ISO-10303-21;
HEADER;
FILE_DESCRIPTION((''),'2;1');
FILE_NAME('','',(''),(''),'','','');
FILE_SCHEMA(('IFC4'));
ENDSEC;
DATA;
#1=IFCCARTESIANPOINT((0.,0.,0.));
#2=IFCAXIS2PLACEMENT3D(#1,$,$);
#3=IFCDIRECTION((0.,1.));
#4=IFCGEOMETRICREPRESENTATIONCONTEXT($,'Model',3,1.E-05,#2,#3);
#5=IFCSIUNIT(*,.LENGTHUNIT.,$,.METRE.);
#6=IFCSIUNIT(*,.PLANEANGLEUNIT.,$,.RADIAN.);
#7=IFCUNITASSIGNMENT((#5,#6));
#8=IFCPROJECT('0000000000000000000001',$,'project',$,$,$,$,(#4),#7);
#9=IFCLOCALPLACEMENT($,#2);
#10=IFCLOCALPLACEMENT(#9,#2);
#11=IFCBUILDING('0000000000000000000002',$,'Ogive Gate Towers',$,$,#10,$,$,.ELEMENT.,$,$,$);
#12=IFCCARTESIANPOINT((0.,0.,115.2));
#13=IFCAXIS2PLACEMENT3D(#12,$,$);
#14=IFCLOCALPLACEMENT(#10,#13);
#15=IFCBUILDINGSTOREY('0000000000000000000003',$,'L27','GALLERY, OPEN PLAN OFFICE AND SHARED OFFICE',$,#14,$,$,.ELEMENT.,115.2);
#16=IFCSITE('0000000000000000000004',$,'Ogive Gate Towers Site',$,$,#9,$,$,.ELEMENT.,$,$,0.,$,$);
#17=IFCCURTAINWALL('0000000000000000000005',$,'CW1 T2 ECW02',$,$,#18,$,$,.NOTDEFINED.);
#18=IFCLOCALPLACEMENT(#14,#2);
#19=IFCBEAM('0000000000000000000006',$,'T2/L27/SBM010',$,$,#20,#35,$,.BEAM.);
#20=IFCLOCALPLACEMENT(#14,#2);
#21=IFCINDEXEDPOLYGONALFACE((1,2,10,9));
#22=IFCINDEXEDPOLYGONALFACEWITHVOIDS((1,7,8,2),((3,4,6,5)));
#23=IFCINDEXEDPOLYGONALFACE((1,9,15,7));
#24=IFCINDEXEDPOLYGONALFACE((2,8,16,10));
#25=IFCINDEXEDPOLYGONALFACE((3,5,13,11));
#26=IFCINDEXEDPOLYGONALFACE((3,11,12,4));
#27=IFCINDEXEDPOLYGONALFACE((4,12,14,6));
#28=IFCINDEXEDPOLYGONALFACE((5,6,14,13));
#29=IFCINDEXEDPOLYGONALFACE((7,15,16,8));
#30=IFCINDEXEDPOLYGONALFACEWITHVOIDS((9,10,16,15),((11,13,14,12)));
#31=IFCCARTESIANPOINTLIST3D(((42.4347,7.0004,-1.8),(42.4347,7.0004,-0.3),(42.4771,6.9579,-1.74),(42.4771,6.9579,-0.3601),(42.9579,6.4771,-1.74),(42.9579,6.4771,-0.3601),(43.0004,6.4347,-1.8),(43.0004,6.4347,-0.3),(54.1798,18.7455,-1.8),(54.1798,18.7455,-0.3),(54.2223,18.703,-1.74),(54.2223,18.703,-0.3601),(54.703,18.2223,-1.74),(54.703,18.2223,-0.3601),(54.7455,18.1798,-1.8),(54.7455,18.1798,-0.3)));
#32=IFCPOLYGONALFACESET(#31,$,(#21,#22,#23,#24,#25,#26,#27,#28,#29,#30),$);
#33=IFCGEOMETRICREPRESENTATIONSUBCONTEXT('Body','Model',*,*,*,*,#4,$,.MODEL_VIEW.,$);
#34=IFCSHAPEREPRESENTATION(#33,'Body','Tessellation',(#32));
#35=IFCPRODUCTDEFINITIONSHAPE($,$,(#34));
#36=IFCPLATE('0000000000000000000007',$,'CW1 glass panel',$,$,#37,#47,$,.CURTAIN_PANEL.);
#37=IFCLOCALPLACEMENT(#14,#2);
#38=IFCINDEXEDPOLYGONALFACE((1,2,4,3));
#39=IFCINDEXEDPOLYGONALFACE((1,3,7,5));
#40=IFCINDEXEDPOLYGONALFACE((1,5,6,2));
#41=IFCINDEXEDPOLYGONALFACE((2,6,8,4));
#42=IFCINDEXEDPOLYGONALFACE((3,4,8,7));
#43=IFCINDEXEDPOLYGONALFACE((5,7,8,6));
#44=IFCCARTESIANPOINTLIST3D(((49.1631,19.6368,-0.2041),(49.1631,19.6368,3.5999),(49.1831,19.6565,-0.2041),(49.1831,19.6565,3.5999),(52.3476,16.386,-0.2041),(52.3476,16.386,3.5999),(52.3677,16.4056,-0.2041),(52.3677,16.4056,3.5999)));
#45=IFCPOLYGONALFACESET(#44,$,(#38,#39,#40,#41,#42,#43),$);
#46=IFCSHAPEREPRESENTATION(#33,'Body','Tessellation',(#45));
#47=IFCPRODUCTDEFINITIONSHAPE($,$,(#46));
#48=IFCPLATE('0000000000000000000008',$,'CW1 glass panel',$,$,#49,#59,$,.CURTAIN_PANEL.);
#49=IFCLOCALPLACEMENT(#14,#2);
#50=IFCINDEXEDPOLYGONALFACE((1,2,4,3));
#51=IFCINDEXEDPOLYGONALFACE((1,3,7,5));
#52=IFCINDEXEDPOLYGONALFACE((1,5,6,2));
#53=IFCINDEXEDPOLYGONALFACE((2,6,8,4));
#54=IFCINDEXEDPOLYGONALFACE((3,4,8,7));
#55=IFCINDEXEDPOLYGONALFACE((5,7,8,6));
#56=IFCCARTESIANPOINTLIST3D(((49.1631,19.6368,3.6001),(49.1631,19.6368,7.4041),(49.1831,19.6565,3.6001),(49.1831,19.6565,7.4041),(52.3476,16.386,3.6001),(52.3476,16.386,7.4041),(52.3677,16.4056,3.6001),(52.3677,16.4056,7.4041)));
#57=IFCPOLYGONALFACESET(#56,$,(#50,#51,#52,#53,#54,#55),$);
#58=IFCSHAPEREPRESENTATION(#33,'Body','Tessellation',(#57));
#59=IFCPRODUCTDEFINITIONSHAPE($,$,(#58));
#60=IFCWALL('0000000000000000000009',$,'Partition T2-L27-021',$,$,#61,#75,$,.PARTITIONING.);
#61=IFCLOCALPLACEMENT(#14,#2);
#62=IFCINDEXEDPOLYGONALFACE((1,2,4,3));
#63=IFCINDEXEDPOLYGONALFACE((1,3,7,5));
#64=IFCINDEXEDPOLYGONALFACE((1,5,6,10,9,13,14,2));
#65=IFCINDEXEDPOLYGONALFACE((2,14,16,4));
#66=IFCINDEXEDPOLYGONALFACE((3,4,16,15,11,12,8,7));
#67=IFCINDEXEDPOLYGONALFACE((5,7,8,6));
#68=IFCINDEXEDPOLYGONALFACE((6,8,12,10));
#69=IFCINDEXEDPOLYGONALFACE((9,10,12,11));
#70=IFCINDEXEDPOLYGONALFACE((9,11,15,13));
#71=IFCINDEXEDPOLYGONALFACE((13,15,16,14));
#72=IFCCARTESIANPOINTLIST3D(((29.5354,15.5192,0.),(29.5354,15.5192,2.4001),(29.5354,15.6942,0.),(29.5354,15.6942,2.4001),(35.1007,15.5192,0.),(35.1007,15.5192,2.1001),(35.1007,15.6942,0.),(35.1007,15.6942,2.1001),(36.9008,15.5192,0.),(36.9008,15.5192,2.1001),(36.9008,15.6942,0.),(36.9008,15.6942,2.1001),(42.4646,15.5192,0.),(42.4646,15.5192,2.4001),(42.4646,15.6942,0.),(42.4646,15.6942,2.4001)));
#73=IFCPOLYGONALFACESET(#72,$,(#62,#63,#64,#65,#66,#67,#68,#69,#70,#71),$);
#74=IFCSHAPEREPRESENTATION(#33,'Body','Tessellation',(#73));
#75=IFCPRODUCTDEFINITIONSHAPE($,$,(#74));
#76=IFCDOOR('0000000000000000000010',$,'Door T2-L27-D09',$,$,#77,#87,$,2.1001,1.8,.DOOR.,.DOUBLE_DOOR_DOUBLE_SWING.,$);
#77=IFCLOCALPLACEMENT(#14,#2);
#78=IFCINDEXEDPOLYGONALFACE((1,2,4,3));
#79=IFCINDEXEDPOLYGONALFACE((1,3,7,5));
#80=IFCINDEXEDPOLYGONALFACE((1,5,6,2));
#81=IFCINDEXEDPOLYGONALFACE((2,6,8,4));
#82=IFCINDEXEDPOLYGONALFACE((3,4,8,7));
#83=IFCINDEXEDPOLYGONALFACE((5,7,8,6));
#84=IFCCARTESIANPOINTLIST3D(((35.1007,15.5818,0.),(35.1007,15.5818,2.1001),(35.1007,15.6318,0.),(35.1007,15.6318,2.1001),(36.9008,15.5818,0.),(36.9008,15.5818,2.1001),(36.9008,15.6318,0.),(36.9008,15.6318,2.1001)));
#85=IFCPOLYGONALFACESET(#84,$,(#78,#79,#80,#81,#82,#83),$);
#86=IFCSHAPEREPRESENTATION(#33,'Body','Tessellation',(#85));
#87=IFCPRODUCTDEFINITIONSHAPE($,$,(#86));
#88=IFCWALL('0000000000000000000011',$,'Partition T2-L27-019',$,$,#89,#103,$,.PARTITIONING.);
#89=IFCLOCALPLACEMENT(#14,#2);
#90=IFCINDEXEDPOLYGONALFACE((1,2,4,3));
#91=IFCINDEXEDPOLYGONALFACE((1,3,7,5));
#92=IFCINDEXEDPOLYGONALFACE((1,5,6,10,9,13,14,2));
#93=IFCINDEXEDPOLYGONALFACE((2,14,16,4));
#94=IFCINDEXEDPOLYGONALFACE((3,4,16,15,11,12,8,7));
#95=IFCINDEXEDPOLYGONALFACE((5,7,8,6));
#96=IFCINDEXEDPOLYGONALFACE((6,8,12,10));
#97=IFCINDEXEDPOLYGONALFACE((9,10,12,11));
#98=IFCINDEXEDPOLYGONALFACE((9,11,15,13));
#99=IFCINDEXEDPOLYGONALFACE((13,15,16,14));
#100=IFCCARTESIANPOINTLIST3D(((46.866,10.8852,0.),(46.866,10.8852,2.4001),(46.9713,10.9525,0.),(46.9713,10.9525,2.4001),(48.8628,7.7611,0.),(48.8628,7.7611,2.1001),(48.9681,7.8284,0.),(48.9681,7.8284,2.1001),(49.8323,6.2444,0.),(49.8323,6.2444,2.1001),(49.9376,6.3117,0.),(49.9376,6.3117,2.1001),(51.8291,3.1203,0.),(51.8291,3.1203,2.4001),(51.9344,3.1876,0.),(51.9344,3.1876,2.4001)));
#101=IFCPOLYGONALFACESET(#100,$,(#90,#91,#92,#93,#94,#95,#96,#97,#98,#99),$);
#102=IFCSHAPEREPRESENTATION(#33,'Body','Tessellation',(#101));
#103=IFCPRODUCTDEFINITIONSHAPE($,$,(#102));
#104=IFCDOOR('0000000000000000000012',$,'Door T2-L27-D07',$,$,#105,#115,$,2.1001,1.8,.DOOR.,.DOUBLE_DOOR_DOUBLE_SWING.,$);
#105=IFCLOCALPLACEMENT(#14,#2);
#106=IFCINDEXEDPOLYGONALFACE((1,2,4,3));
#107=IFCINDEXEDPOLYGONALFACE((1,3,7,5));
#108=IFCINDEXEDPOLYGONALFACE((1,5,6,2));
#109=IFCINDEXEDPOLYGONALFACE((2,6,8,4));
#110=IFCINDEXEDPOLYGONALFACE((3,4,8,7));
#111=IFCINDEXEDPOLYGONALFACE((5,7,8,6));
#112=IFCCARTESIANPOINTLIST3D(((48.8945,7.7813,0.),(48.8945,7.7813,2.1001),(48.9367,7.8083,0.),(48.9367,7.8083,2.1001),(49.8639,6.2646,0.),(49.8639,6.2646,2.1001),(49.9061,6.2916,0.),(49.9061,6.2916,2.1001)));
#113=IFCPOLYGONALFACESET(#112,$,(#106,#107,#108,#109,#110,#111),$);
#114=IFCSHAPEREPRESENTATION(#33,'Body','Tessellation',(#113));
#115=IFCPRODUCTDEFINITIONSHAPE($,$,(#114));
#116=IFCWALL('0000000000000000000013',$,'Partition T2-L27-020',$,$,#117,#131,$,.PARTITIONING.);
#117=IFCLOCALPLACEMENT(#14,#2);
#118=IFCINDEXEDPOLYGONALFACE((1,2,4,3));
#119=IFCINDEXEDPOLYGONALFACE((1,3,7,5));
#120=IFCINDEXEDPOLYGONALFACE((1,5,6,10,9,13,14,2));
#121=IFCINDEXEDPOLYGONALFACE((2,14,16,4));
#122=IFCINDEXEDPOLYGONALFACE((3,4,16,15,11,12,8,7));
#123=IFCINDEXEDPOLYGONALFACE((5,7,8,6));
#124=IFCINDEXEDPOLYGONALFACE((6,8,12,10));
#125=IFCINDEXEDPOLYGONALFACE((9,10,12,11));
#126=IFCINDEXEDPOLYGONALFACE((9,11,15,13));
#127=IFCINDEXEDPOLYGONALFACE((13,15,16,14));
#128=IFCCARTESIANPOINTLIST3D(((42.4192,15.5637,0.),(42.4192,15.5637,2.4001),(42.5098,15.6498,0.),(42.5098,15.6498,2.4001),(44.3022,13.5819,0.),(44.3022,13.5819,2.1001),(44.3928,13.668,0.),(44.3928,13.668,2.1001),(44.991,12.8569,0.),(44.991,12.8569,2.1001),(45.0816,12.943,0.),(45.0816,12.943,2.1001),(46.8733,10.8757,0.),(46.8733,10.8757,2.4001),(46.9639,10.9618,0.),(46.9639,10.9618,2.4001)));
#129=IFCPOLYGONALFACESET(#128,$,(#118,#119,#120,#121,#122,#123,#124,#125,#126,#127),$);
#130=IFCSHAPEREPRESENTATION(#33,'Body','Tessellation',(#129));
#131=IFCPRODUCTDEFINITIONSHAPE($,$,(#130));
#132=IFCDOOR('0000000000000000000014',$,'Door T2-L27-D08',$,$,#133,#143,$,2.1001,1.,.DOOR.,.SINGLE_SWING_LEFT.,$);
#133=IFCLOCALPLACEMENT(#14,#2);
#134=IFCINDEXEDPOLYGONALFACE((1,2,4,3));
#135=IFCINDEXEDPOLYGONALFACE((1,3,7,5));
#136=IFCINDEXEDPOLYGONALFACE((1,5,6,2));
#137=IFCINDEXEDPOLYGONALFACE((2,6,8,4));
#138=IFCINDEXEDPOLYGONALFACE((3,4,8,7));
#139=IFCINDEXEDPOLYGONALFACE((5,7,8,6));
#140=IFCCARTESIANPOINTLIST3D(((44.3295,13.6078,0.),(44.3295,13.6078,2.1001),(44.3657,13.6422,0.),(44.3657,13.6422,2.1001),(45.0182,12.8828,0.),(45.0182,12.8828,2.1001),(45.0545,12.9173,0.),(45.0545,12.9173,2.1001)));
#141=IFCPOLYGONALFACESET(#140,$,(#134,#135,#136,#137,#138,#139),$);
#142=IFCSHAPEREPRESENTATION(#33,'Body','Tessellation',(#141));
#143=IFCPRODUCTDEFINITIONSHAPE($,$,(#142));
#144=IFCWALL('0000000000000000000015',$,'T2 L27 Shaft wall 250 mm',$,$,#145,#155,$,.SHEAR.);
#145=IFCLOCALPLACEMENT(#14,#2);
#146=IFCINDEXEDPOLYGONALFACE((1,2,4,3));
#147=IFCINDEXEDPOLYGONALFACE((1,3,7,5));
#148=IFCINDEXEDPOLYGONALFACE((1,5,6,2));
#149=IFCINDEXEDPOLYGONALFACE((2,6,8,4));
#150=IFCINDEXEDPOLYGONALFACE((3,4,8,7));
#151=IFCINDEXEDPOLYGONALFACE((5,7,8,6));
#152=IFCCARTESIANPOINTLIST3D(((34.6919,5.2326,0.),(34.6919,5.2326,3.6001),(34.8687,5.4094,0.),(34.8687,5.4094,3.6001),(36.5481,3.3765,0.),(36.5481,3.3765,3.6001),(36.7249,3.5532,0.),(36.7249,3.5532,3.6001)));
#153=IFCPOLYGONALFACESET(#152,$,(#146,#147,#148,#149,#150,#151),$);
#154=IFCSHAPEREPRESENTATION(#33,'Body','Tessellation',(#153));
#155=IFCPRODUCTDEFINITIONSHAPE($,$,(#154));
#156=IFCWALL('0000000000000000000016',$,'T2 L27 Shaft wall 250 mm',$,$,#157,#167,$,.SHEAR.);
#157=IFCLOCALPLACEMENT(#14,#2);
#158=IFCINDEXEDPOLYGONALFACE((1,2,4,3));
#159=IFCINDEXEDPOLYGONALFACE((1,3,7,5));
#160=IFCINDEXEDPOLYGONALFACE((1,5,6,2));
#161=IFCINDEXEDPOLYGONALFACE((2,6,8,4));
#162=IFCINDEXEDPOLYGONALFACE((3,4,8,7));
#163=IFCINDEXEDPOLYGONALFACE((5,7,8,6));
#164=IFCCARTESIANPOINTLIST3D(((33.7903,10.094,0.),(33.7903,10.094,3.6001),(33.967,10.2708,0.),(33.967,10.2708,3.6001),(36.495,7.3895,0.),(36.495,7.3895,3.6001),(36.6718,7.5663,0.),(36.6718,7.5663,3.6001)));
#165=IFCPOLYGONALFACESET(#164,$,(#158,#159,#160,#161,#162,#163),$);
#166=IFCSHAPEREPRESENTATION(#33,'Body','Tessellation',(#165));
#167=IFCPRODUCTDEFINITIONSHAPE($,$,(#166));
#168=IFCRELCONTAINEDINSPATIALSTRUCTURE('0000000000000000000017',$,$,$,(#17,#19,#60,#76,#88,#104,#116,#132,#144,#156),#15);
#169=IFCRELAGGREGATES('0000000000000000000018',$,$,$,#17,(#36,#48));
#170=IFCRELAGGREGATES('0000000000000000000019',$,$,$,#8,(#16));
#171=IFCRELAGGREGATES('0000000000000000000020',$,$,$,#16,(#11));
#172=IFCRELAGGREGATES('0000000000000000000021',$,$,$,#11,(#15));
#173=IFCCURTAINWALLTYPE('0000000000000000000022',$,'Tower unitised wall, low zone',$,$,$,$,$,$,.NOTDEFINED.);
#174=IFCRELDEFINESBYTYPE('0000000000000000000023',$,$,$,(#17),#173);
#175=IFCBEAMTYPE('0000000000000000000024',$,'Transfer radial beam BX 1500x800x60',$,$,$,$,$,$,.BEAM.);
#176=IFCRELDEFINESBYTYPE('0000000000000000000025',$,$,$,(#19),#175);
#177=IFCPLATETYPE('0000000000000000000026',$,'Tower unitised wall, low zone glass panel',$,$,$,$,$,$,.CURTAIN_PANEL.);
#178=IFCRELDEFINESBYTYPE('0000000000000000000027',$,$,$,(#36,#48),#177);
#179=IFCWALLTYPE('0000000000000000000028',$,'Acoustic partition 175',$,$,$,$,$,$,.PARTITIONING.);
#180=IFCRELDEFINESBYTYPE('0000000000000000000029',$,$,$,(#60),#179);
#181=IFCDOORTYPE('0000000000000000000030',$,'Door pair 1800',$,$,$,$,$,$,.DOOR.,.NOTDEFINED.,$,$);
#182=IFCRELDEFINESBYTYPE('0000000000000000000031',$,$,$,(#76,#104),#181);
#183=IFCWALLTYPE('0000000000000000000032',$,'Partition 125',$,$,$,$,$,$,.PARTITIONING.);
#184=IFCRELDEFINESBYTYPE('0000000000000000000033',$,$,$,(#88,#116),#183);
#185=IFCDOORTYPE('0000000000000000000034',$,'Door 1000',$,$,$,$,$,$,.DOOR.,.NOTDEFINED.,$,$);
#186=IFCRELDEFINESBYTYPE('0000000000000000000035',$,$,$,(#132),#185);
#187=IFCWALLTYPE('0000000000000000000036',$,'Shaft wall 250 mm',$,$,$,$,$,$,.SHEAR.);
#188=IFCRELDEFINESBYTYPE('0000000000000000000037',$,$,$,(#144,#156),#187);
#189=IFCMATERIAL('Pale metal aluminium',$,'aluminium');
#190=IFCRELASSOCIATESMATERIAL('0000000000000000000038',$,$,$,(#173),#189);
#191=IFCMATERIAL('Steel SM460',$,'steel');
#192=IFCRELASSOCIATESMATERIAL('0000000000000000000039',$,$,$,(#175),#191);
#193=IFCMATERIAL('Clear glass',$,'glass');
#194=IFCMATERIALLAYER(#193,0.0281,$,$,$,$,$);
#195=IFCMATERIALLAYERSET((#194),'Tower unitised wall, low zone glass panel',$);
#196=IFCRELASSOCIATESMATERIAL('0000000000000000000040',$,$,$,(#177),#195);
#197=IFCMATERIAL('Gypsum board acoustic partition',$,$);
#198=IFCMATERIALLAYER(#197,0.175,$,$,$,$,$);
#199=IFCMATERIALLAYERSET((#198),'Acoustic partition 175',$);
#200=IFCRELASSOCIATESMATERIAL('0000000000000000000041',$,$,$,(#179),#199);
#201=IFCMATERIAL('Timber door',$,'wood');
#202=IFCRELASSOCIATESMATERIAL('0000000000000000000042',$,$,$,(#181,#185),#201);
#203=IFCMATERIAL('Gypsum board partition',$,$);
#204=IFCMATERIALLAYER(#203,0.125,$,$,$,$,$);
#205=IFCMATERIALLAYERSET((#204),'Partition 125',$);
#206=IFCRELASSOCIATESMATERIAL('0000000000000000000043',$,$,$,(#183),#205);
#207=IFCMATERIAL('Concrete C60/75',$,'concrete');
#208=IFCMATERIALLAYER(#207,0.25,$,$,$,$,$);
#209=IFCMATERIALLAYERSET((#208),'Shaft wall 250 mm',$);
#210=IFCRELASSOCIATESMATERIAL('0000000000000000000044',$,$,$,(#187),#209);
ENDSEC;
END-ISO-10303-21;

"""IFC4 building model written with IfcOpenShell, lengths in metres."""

from ifc_helpers import new_model, si_unit, direction, frame, frame_2d, origin, origin_2d, place, context, subcontext, project, spatial, rectangle, hollow_rectangle, extrude, material, layer, layer_set, material_profile, profile_set, type_object, element, fill, aggregate, save


model = new_model("IFC4")

# Units and contexts
model_context = context("Model", 3, precision=1e-05, world=origin(), true_north=direction((0.0, 1.0)))
body_context = subcontext(model_context, "Body", "Model", "MODEL_VIEW")
ifc_project = project(units=[si_unit("LENGTHUNIT", "METRE"), si_unit("PLANEANGLEUNIT", "RADIAN")], contexts=[model_context])

# Site, building, storey
site_placement = place(None, origin())
site = spatial("IfcSite", under=ifc_project, at=site_placement, Name="Ogive Gate Towers Site", CompositionType="ELEMENT", RefElevation=0.0)
building_placement = place(site_placement, origin())
building = spatial("IfcBuilding", under=site, at=building_placement, Name="Ogive Gate Towers", CompositionType="ELEMENT")
storey_placement = place(building_placement, frame((0.0, 0.0, 115.2)))
storey = spatial("IfcBuildingStorey", under=building, at=storey_placement, Name="L27", Description="GALLERY, OPEN PLAN OFFICE AND SHARED OFFICE", CompositionType="ELEMENT", Elevation=115.2)

# Shared definitions
ifc_material_1 = material(Name="Steel SM460", Category="steel")

# Curtain wall
ifc_material_2 = material(Name="Pale metal aluminium", Category="aluminium")
curtain_wall_type = type_object("IfcCurtainWallType", Name="Tower unitised wall, low zone", PredefinedType="NOTDEFINED", material=ifc_material_2)
curtain_wall_placement = place(storey_placement, origin())
curtain_wall = element("IfcCurtainWall", 1, at=curtain_wall_placement, inside=storey, type_object=curtain_wall_type, Name="CW1 T2 ECW02", PredefinedType="NOTDEFINED")

# Beam
ifc_material_profile_1 = material_profile(ifc_material_1, hollow_rectangle(XDim=0.8, YDim=1.5, WallThickness=0.0601, at=origin_2d()), Name="BX 1500x800x60")
ifc_profile_set_1 = profile_set([ifc_material_profile_1], Name="Steel SM460")
beam_type_1 = type_object("IfcBeamType", Name="Transfer radial beam BX 1500x800x60", PredefinedType="BEAM", material=ifc_profile_set_1)
beam_placement = place(storey_placement, frame((42.7175, 6.7175, -1.05), z_axis=(0.707107, 0.707107, 0.0), x_axis=(-0.707107, 0.707107, 0.0)))
element("IfcBeam", 2, at=beam_placement, inside=storey, type_object=beam_type_1, Name="T2/L27/SBM010", PredefinedType="BEAM", context=body_context, shape_type="SweptSolid", body=[
    extrude(hollow_rectangle(XDim=0.8, YDim=1.5, WallThickness=0.0601, at=origin_2d()), origin(), (0.0, 0.0, 1.0), 16.6101),
])

# Plates
ifc_material_3 = material(Name="Clear glass", Category="glass")
ifc_layer_1 = layer(ifc_material_3, 0.0281)
ifc_layer_set_1 = layer_set([ifc_layer_1], Name="Tower unitised wall, low zone glass panel")
plate_type = type_object("IfcPlateType", Name="Tower unitised wall, low zone glass panel", PredefinedType="CURTAIN_PANEL", material=ifc_layer_set_1)
plate_1_placement = place(storey_placement, frame((50.7654, 18.0212, -0.2041), z_axis=(0.0, 0.0, 1.0), x_axis=(-0.699788, 0.714351, 0.0)))
plate_1 = element("IfcPlate", 3, at=plate_1_placement, type_object=plate_type, Name="CW1 glass panel", PredefinedType="CURTAIN_PANEL", context=body_context, shape_type="SweptSolid", body=[
    extrude(rectangle(XDim=4.5508, YDim=0.0281, at=origin_2d()), origin(), (0.0, 0.0, 1.0), 3.804),
])
plate_2_placement = place(storey_placement, frame((50.7654, 18.0212, 3.6001), z_axis=(0.0, 0.0, 1.0), x_axis=(-0.699788, 0.714351, 0.0)))
plate_2 = element("IfcPlate", 4, at=plate_2_placement, type_object=plate_type, Name="CW1 glass panel", PredefinedType="CURTAIN_PANEL", context=body_context, shape_type="SweptSolid", body=[
    extrude(rectangle(XDim=4.5508, YDim=0.0281, at=origin_2d()), origin(), (0.0, 0.0, 1.0), 3.804),
])
aggregate(curtain_wall, [plate_1, plate_2])

# Walls, openings, doors
ifc_material_4 = material(Name="Gypsum board acoustic partition")
ifc_layer_2 = layer(ifc_material_4, 0.175)
ifc_layer_set_2 = layer_set([ifc_layer_2], Name="Acoustic partition 175")
wall_type_1 = type_object("IfcWallType", Name="Acoustic partition 175", PredefinedType="PARTITIONING", material=ifc_layer_set_2)
wall_1_placement = place(storey_placement, frame((42.4646, 15.6067, 0.0), z_axis=(0.0, 0.0, 1.0), x_axis=(-1.0, 0.0, 0.0)))
wall_1 = element("IfcWall", 5, at=wall_1_placement, inside=storey, type_object=wall_type_1, Name="Partition T2-L27-021", PredefinedType="PARTITIONING", context=body_context, shape_type="SweptSolid", body=[
    extrude(rectangle(XDim=12.9292, YDim=0.175, at=frame_2d((6.4646, 0.0))), origin(), (0.0, 0.0, 1.0), 2.4001),
])
opening_1_placement = place(wall_1_placement, frame((5.564, 0.0, 0.0)))
opening_1 = element("IfcOpeningElement", 6, at=opening_1_placement, cuts=wall_1, PredefinedType="OPENING", context=body_context, shape_type="SweptSolid", body=[
    extrude(rectangle(XDim=1.8, YDim=2.1001, at=frame_2d((0.8999, 1.05))), frame((0.0, 0.0977, 0.0), z_axis=(0.0, -1.0, 0.0), x_axis=(1.0, 0.0, 0.0)), (0.0, 0.0, 1.0), 0.1951),
])
ifc_material_5 = material(Name="Timber door", Category="wood")
door_type_1 = type_object("IfcDoorType", Name="Door pair 1800", OperationType="NOTDEFINED", PredefinedType="DOOR", material=ifc_material_5)
door_1_placement = place(opening_1_placement, origin())
door_1 = element("IfcDoor", 7, at=door_1_placement, inside=storey, type_object=door_type_1, Name="Door T2-L27-D09", OperationType="DOUBLE_DOOR_DOUBLE_SWING", OverallHeight=2.1001, OverallWidth=1.8, PredefinedType="DOOR", context=body_context, shape_type="SweptSolid", body=[
    extrude(rectangle(XDim=1.8, YDim=2.1001, at=frame_2d((0.8999, 1.05))), frame((0.0, 0.0249, 0.0), z_axis=(0.0, -1.0, 0.0), x_axis=(1.0, 0.0, 0.0)), (0.0, 0.0, 1.0), 0.05),
])
fill(opening_1, door_1)
ifc_material_6 = material(Name="Gypsum board partition")
ifc_layer_3 = layer(ifc_material_6, 0.125)
ifc_layer_set_3 = layer_set([ifc_layer_3], Name="Partition 125")
wall_type_2 = type_object("IfcWallType", Name="Partition 125", PredefinedType="PARTITIONING", material=ifc_layer_set_3)
wall_2_placement = place(storey_placement, frame((51.8818, 3.1538, 0.0), z_axis=(0.0, 0.0, 1.0), x_axis=(-0.538561, 0.842586, 0.0)))
wall_2 = element("IfcWall", 8, at=wall_2_placement, inside=storey, type_object=wall_type_2, Name="Partition T2-L27-019", PredefinedType="PARTITIONING", context=body_context, shape_type="SweptSolid", body=[
    extrude(rectangle(XDim=9.2156, YDim=0.125, at=frame_2d((4.6079, 0.0))), origin(), (0.0, 0.0, 1.0), 2.4001),
])
opening_2_placement = place(wall_2_placement, frame((3.708, 0.0, 0.0)))
opening_2 = element("IfcOpeningElement", 9, at=opening_2_placement, cuts=wall_2, PredefinedType="OPENING", context=body_context, shape_type="SweptSolid", body=[
    extrude(rectangle(XDim=1.8, YDim=2.1001, at=frame_2d((0.8999, 1.05))), frame((0.0, 0.0725, 0.0), z_axis=(0.0, -1.0, 0.0), x_axis=(1.0, 0.0, 0.0)), (0.0, 0.0, 1.0), 0.145),
])
door_2_placement = place(opening_2_placement, origin())
door_2 = element("IfcDoor", 10, at=door_2_placement, inside=storey, type_object=door_type_1, Name="Door T2-L27-D07", OperationType="DOUBLE_DOOR_DOUBLE_SWING", OverallHeight=2.1001, OverallWidth=1.8, PredefinedType="DOOR", context=body_context, shape_type="SweptSolid", body=[
    extrude(rectangle(XDim=1.8, YDim=2.1001, at=frame_2d((0.8999, 1.05))), frame((0.0, 0.0249, 0.0), z_axis=(0.0, -1.0, 0.0), x_axis=(1.0, 0.0, 0.0)), (0.0, 0.0, 1.0), 0.05),
])
fill(opening_2, door_2)
wall_3_placement = place(storey_placement, frame((46.9187, 10.9187, 0.0), z_axis=(0.0, 0.0, 1.0), x_axis=(-0.688791, 0.72496, 0.0)))
wall_3 = element("IfcWall", 11, at=wall_3_placement, inside=storey, type_object=wall_type_2, Name="Partition T2-L27-020", PredefinedType="PARTITIONING", context=body_context, shape_type="SweptSolid", body=[
    extrude(rectangle(XDim=6.4666, YDim=0.125, at=frame_2d((3.2334, 0.0))), origin(), (0.0, 0.0, 1.0), 2.4001),
])
opening_3_placement = place(wall_3_placement, frame((2.7329, 0.0, 0.0)))
opening_3 = element("IfcOpeningElement", 12, at=opening_3_placement, cuts=wall_3, PredefinedType="OPENING", context=body_context, shape_type="SweptSolid", body=[
    extrude(rectangle(XDim=1.0, YDim=2.1001, at=frame_2d((0.5, 1.05))), frame((0.0, 0.0725, 0.0), z_axis=(0.0, -1.0, 0.0), x_axis=(1.0, 0.0, 0.0)), (0.0, 0.0, 1.0), 0.145),
])
door_type_2 = type_object("IfcDoorType", Name="Door 1000", OperationType="NOTDEFINED", PredefinedType="DOOR", material=ifc_material_5)
door_3_placement = place(opening_3_placement, origin())
door_3 = element("IfcDoor", 13, at=door_3_placement, inside=storey, type_object=door_type_2, Name="Door T2-L27-D08", OperationType="SINGLE_SWING_LEFT", OverallHeight=2.1001, OverallWidth=1.0, PredefinedType="DOOR", context=body_context, shape_type="SweptSolid", body=[
    extrude(rectangle(XDim=1.0, YDim=2.1001, at=frame_2d((0.5, 1.05))), frame((0.0, 0.0249, 0.0), z_axis=(0.0, -1.0, 0.0), x_axis=(1.0, 0.0, 0.0)), (0.0, 0.0, 1.0), 0.05),
])
fill(opening_3, door_3)

# Walls
ifc_material_7 = material(Name="Concrete C60/75", Category="concrete")
ifc_layer_4 = layer(ifc_material_7, 0.25)
ifc_layer_set_4 = layer_set([ifc_layer_4], Name="Shaft wall 250 mm")
wall_type_3 = type_object("IfcWallType", Name="Shaft wall 250 mm", PredefinedType="SHEAR", material=ifc_layer_set_4)
wall_4_placement = place(storey_placement, frame((36.6365, 3.4648, 0.0), z_axis=(0.0, 0.0, 1.0), x_axis=(-0.707107, 0.707107, 0.0)))
element("IfcWall", 14, at=wall_4_placement, inside=storey, type_object=wall_type_3, Name="T2 L27 Shaft wall 250 mm", PredefinedType="SHEAR", context=body_context, shape_type="SweptSolid", body=[
    extrude(rectangle(XDim=2.625, YDim=0.25, at=frame_2d((1.3125, 0.0))), origin(), (0.0, 0.0, 1.0), 3.6001),
])
wall_5_placement = place(storey_placement, frame((36.5835, 7.4778, 0.0), z_axis=(0.0, 0.0, 1.0), x_axis=(-0.707139, 0.707075, 0.0)))
element("IfcWall", 15, at=wall_5_placement, inside=storey, type_object=wall_type_3, Name="T2 L27 Shaft wall 250 mm", PredefinedType="SHEAR", context=body_context, shape_type="SweptSolid", body=[
    extrude(rectangle(XDim=3.825, YDim=0.25, at=frame_2d((1.9126, 0.0))), origin(), (0.0, 0.0, 1.0), 3.6001),
])

save(model, "model.ifc")
